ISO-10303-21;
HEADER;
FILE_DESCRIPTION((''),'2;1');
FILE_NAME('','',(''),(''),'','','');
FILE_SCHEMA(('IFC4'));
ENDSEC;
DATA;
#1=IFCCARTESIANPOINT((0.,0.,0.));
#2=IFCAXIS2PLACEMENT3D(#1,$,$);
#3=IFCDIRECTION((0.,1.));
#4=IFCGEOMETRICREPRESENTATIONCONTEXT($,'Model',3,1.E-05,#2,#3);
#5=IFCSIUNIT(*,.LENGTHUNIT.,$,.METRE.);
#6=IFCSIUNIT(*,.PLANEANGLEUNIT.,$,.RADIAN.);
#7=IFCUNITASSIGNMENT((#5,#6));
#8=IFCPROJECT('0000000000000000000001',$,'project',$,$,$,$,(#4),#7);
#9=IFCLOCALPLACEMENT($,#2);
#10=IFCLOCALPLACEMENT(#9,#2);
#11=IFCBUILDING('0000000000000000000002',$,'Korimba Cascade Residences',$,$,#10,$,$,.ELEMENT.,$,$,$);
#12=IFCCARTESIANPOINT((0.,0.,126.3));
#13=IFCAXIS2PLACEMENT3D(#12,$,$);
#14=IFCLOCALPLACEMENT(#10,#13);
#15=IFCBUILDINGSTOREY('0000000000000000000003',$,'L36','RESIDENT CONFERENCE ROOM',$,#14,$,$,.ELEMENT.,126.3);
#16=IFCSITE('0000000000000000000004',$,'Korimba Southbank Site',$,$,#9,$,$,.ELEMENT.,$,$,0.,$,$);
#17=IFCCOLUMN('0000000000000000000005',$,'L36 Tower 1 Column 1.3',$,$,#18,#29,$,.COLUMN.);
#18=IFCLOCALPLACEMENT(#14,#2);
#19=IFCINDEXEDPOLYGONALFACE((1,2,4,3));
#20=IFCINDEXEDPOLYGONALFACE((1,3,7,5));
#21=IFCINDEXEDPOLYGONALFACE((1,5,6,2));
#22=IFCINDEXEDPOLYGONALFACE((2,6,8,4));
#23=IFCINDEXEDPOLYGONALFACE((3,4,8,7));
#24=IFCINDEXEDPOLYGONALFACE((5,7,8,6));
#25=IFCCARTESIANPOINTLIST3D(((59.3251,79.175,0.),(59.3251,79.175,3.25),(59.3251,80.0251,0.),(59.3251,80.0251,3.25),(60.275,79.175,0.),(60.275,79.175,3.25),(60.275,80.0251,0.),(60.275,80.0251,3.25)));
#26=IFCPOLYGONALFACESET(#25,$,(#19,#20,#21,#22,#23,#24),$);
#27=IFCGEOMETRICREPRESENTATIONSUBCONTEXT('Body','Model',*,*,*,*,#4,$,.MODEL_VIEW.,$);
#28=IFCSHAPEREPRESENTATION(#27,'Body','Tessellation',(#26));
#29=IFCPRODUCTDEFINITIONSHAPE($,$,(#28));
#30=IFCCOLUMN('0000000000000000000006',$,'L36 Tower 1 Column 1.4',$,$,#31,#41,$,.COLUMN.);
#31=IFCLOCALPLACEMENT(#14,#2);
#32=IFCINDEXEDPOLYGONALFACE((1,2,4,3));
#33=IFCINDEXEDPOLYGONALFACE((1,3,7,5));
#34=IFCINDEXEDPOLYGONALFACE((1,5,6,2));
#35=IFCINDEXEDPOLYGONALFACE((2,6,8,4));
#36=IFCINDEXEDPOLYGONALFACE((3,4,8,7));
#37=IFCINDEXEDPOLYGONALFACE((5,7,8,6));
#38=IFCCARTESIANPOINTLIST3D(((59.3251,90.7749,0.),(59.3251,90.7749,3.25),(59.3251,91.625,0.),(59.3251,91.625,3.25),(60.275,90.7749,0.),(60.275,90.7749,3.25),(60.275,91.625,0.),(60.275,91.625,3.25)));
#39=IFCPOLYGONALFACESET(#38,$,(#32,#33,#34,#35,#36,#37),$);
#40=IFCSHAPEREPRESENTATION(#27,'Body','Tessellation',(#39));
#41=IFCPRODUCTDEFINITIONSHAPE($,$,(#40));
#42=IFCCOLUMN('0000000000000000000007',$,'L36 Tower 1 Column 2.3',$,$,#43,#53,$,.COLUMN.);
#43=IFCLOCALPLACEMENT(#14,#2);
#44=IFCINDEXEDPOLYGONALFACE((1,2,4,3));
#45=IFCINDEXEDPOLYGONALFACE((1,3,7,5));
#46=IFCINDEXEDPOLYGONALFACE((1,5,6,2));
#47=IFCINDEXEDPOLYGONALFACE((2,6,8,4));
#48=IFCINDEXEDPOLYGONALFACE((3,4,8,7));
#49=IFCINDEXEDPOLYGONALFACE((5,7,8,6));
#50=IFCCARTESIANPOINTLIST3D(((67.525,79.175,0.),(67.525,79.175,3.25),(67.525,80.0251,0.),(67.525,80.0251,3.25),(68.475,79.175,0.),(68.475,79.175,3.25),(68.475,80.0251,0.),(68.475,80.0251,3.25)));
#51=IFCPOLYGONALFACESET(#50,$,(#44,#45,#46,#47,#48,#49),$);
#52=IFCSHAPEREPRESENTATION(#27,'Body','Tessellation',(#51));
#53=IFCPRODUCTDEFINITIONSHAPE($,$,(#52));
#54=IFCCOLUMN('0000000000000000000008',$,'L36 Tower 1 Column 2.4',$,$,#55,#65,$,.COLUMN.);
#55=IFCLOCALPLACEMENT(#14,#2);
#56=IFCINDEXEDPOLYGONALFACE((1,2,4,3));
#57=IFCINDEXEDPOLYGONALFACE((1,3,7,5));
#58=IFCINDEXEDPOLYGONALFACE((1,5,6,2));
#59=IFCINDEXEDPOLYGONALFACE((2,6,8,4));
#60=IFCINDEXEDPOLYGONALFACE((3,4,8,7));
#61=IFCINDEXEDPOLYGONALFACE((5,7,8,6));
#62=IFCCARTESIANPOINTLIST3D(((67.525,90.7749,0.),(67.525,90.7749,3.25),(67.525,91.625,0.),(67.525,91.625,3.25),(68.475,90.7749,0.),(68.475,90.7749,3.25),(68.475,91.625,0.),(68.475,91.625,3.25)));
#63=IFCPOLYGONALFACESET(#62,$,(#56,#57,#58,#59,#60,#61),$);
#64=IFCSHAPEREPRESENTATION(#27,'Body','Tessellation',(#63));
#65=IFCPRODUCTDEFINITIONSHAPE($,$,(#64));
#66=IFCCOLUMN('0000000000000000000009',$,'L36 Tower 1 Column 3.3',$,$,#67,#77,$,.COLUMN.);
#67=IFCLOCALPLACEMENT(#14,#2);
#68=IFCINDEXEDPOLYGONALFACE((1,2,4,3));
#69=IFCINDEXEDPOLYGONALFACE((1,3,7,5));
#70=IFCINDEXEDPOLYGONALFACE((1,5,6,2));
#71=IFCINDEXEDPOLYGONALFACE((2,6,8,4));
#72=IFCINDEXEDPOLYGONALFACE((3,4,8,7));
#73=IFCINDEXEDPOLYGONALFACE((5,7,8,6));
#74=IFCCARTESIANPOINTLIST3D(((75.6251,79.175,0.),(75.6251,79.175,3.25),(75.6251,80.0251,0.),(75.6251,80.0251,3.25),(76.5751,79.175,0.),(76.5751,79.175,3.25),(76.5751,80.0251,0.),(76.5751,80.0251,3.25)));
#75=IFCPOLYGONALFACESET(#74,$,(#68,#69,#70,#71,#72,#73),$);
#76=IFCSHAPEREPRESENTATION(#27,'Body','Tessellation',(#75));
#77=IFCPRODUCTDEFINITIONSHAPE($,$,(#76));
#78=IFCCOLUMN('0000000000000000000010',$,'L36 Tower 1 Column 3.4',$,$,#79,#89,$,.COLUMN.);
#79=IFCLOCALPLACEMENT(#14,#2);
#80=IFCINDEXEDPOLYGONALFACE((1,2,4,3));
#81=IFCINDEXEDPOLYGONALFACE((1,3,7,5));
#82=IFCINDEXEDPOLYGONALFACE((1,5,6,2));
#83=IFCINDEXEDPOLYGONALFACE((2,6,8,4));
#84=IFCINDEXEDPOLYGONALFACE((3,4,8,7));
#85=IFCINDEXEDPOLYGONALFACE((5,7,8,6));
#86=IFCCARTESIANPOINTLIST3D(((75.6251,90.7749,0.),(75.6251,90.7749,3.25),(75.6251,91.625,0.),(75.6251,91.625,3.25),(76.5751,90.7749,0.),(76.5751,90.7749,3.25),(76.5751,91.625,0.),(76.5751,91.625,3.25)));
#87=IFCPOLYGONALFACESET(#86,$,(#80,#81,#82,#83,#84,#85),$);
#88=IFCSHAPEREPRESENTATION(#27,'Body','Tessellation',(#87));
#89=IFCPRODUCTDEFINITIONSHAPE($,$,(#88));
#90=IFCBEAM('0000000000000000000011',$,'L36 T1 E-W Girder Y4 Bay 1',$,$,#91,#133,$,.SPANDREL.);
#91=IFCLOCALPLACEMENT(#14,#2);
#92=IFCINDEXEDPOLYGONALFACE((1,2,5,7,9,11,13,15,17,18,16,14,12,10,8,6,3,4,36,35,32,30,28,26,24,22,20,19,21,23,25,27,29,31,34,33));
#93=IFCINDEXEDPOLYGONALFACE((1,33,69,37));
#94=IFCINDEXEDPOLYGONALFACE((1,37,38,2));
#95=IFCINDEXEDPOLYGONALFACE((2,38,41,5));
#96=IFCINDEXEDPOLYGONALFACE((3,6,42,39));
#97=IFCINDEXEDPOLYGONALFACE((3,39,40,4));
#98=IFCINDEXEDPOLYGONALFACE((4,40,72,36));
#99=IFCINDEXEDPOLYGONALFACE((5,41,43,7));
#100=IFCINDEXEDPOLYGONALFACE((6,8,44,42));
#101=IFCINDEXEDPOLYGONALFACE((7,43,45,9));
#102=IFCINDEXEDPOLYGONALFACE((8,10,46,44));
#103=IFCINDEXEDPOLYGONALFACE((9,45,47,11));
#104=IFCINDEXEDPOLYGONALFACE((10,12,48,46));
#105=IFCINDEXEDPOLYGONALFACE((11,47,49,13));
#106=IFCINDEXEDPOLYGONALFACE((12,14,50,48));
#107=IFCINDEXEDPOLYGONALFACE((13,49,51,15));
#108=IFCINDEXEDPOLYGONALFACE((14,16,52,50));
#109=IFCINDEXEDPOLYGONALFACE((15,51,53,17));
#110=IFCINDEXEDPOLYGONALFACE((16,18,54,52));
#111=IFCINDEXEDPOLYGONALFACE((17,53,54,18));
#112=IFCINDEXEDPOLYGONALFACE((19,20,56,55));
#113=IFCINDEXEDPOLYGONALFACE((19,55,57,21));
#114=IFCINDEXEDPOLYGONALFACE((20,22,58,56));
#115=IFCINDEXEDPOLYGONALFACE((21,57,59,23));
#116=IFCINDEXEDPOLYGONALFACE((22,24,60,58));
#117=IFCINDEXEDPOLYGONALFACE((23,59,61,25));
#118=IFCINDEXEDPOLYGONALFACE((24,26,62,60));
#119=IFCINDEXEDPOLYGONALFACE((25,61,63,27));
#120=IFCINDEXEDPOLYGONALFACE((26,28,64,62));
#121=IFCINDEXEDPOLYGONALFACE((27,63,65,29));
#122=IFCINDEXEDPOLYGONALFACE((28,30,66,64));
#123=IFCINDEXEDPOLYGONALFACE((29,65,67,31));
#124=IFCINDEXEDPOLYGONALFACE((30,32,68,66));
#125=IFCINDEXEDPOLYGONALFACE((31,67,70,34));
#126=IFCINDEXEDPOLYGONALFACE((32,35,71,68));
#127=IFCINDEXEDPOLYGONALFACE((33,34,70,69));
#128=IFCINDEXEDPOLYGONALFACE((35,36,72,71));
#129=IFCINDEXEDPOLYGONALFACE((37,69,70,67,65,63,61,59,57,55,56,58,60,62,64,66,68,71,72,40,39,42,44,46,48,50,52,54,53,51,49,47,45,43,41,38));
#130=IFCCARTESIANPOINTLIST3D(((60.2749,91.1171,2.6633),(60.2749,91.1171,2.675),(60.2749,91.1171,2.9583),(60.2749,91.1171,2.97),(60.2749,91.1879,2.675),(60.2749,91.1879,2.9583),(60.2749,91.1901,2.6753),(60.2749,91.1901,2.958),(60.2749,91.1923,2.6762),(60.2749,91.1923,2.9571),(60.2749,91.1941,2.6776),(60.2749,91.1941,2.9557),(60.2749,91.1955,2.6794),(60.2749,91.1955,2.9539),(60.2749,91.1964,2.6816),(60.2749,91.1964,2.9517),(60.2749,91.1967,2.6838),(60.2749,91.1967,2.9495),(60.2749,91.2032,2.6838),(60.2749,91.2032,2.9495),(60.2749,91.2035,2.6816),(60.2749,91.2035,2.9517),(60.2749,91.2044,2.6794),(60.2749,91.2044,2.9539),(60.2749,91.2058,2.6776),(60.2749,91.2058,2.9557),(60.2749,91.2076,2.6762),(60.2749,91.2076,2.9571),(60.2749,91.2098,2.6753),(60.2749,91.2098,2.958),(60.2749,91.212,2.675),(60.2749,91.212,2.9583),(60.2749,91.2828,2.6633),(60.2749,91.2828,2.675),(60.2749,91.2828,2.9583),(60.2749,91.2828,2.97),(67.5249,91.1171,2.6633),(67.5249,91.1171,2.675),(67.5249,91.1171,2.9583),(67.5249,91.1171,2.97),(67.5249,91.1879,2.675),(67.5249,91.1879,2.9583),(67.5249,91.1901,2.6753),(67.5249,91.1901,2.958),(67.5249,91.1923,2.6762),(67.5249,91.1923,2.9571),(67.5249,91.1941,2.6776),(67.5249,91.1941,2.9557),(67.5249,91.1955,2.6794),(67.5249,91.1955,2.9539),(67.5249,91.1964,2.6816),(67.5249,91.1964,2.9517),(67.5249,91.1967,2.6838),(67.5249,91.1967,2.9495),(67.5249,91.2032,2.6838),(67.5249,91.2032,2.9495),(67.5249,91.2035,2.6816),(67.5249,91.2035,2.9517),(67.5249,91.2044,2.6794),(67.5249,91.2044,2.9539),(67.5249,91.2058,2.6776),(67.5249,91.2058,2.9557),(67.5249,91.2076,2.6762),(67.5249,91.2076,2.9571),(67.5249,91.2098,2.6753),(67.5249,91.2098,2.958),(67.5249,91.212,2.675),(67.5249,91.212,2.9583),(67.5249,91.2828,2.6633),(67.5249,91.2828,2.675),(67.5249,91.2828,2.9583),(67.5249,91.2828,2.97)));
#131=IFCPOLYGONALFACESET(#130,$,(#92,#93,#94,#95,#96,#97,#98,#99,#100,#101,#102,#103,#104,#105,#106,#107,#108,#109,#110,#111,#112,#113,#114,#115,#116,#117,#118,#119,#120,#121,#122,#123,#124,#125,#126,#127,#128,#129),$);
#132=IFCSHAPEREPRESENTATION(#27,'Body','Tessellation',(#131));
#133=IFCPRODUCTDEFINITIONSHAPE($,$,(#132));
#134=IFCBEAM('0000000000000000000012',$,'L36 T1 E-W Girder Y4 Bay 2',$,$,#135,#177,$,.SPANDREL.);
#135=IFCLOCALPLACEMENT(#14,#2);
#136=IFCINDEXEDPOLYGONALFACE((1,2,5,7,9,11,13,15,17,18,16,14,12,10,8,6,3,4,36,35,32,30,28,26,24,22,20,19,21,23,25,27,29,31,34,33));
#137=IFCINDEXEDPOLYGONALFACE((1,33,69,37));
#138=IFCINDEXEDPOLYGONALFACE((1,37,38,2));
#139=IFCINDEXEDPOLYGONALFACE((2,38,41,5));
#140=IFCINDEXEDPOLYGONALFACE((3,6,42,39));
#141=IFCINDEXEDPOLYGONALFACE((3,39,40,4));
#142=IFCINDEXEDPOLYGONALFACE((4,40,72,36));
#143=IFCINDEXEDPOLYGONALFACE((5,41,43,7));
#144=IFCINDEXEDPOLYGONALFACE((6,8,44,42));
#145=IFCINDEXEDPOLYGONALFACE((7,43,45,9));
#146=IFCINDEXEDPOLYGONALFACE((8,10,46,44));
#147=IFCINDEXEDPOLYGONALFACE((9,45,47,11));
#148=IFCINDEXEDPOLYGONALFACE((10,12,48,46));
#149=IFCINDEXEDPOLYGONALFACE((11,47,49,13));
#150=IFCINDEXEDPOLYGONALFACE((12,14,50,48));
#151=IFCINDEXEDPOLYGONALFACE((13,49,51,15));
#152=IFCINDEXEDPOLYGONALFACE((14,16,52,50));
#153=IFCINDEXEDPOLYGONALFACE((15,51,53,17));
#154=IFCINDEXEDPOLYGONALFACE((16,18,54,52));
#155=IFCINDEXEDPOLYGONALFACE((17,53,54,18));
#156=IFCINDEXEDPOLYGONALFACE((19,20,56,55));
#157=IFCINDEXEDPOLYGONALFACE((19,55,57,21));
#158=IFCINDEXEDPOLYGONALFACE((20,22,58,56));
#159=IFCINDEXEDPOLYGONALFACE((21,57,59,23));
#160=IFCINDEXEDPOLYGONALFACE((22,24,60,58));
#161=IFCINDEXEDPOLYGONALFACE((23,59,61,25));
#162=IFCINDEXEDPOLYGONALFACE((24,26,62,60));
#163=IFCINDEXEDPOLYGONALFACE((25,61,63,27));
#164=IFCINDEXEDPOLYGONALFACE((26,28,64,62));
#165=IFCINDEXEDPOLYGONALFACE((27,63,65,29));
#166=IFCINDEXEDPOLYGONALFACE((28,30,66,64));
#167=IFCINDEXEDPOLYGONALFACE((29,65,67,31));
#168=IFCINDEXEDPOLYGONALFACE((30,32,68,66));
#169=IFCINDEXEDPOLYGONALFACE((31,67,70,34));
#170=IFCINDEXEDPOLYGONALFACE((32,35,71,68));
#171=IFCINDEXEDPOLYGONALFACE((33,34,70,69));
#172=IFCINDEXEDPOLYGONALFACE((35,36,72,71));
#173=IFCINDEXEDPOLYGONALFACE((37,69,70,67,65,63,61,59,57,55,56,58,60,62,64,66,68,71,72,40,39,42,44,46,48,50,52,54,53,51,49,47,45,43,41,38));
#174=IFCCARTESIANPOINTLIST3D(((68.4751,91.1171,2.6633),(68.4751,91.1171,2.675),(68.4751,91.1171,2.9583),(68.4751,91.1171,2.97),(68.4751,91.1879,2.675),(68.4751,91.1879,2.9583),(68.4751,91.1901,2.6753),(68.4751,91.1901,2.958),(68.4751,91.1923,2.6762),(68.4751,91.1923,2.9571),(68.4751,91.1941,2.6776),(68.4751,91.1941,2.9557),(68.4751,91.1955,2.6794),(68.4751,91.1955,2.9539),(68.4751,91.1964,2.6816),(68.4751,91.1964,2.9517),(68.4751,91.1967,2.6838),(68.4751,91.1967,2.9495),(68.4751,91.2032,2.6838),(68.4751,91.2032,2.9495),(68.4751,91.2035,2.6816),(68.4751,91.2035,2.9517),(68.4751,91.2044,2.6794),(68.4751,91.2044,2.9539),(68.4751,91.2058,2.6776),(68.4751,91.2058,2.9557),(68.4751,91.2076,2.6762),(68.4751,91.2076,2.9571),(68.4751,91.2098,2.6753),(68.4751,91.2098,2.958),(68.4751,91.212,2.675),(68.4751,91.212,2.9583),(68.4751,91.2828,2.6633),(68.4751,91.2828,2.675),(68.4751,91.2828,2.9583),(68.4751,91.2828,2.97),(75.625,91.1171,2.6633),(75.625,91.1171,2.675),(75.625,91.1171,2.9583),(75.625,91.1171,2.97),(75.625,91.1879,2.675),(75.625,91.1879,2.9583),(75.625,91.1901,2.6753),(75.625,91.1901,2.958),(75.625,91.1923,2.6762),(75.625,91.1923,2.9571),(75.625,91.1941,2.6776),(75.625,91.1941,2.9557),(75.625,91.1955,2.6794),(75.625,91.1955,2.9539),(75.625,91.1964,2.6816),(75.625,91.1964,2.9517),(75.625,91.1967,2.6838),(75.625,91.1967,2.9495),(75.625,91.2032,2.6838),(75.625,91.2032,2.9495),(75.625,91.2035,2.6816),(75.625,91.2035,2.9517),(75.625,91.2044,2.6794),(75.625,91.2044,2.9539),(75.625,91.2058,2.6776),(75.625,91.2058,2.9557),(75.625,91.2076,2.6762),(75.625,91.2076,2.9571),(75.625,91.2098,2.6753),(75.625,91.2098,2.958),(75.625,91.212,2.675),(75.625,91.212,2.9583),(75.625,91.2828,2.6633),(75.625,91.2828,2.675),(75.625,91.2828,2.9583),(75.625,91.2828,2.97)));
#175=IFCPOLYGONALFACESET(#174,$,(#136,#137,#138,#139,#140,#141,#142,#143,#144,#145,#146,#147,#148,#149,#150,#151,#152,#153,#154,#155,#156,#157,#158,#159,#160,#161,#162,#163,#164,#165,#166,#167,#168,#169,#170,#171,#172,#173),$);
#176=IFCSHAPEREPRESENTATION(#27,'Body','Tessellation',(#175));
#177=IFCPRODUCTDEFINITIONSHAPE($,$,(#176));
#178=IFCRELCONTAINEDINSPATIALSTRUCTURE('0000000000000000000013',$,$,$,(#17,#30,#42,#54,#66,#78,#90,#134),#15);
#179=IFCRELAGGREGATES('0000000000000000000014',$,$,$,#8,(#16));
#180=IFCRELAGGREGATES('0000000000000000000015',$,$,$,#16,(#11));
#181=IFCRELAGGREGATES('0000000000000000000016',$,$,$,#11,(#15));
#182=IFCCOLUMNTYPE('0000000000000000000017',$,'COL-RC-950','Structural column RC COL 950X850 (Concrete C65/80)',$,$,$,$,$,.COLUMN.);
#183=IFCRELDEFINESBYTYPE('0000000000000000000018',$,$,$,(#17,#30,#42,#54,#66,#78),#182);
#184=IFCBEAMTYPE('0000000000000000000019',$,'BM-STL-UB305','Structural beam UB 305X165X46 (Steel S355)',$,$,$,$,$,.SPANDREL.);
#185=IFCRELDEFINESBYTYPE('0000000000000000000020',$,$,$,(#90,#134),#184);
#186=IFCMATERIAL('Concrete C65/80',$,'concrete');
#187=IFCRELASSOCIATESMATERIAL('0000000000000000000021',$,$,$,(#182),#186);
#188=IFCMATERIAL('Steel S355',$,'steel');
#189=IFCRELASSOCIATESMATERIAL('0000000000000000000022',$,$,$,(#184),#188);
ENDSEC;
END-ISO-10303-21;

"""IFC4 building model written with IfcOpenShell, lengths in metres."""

from ifc_helpers import new_model, si_unit, direction, frame, origin, origin_2d, place, context, subcontext, project, spatial, rectangle, i_section, extrude, material, material_profile, profile_set, type_object, element, save


model = new_model("IFC4")

# Units and contexts
model_context = context("Model", 3, precision=1e-05, world=origin(), true_north=direction((0.0, 1.0)))
body_context = subcontext(model_context, "Body", "Model", "MODEL_VIEW")
ifc_project = project(units=[si_unit("LENGTHUNIT", "METRE"), si_unit("PLANEANGLEUNIT", "RADIAN")], contexts=[model_context])

# Site, building, storey
site_placement = place(None, origin())
site = spatial("IfcSite", under=ifc_project, at=site_placement, Name="Korimba Southbank Site", CompositionType="ELEMENT", RefElevation=0.0)
building_placement = place(site_placement, origin())
building = spatial("IfcBuilding", under=site, at=building_placement, Name="Korimba Cascade Residences", CompositionType="ELEMENT")
storey_placement = place(building_placement, frame((0.0, 0.0, 126.3)))
storey = spatial("IfcBuildingStorey", under=building, at=storey_placement, Name="L36", Description="RESIDENT CONFERENCE ROOM", CompositionType="ELEMENT", Elevation=126.3)

# Columns
ifc_material_1 = material(Name="Concrete C65/80", Category="concrete")
ifc_material_profile_1 = material_profile(ifc_material_1, rectangle(XDim=0.95, YDim=0.8501, at=origin_2d()), Name="Concrete C65/80")
ifc_profile_set_1 = profile_set([ifc_material_profile_1], Name="Concrete C65/80")
column_type = type_object("IfcColumnType", Name="COL-RC-950", Description="Structural column RC COL 950X850 (Concrete C65/80)", PredefinedType="COLUMN", material=ifc_profile_set_1)
for number, where, z_axis, x_axis, name in (
    (1, (59.8, 79.6001, 0.0), (0.0, 0.0, 1.0), (1.0, 0.0, 0.0), "L36 Tower 1 Column 1.3"),
    (2, (59.8, 91.2, 0.0), (0.0, 0.0, 1.0), (1.0, 0.0, 0.0), "L36 Tower 1 Column 1.4"),
    (3, (68.0, 79.6001, 0.0), (0.0, 0.0, 1.0), (1.0, 0.0, 0.0), "L36 Tower 1 Column 2.3"),
    (4, (68.0, 91.2, 0.0), (0.0, 0.0, 1.0), (1.0, 0.0, 0.0), "L36 Tower 1 Column 2.4"),
    (5, (76.1001, 79.6001, 0.0), (0.0, 0.0, 1.0), (1.0, 0.0, 0.0), "L36 Tower 1 Column 3.3"),
    (6, (76.1001, 91.2, 0.0), (0.0, 0.0, 1.0), (1.0, 0.0, 0.0), "L36 Tower 1 Column 3.4"),
):
    element("IfcColumn", number, at=place(storey_placement, frame(where, z_axis=z_axis, x_axis=x_axis)), inside=storey, type_object=column_type, Name=name, PredefinedType="COLUMN", context=body_context, shape_type="SweptSolid", body=[
        extrude(rectangle(XDim=0.95, YDim=0.8501, at=origin_2d()), origin(), (0.0, 0.0, 1.0), 3.25),
    ])

# Beams
ifc_material_2 = material(Name="Steel S355", Category="steel")
ifc_material_profile_2 = material_profile(ifc_material_2, i_section(OverallWidth=0.1658, OverallDepth=0.3066, WebThickness=0.0066, FlangeThickness=0.0117, FilletRadius=0.0088, at=origin_2d()), Name="Steel S355")
ifc_profile_set_2 = profile_set([ifc_material_profile_2], Name="Steel S355")
beam_type_1 = type_object("IfcBeamType", Name="BM-STL-UB305", Description="Structural beam UB 305X165X46 (Steel S355)", PredefinedType="SPANDREL", material=ifc_profile_set_2)
beam_1_placement = place(storey_placement, frame((60.2749, 91.2, 2.8167), z_axis=(1.0, 0.0, 0.0), x_axis=(0.0, 1.0, 0.0)))
element("IfcBeam", 7, at=beam_1_placement, inside=storey, type_object=beam_type_1, Name="L36 T1 E-W Girder Y4 Bay 1", PredefinedType="SPANDREL", context=body_context, shape_type="SweptSolid", body=[
    extrude(i_section(OverallWidth=0.1658, OverallDepth=0.3066, WebThickness=0.0066, FlangeThickness=0.0117, FilletRadius=0.0088, at=origin_2d()), origin(), (0.0, 0.0, 1.0), 7.25),
])
beam_2_placement = place(storey_placement, frame((68.4751, 91.2, 2.8167), z_axis=(1.0, 0.0, 0.0), x_axis=(0.0, 1.0, 0.0)))
element("IfcBeam", 8, at=beam_2_placement, inside=storey, type_object=beam_type_1, Name="L36 T1 E-W Girder Y4 Bay 2", PredefinedType="SPANDREL", context=body_context, shape_type="SweptSolid", body=[
    extrude(i_section(OverallWidth=0.1658, OverallDepth=0.3066, WebThickness=0.0066, FlangeThickness=0.0117, FilletRadius=0.0088, at=origin_2d()), origin(), (0.0, 0.0, 1.0), 7.1499),
])

save(model, "model.ifc")
